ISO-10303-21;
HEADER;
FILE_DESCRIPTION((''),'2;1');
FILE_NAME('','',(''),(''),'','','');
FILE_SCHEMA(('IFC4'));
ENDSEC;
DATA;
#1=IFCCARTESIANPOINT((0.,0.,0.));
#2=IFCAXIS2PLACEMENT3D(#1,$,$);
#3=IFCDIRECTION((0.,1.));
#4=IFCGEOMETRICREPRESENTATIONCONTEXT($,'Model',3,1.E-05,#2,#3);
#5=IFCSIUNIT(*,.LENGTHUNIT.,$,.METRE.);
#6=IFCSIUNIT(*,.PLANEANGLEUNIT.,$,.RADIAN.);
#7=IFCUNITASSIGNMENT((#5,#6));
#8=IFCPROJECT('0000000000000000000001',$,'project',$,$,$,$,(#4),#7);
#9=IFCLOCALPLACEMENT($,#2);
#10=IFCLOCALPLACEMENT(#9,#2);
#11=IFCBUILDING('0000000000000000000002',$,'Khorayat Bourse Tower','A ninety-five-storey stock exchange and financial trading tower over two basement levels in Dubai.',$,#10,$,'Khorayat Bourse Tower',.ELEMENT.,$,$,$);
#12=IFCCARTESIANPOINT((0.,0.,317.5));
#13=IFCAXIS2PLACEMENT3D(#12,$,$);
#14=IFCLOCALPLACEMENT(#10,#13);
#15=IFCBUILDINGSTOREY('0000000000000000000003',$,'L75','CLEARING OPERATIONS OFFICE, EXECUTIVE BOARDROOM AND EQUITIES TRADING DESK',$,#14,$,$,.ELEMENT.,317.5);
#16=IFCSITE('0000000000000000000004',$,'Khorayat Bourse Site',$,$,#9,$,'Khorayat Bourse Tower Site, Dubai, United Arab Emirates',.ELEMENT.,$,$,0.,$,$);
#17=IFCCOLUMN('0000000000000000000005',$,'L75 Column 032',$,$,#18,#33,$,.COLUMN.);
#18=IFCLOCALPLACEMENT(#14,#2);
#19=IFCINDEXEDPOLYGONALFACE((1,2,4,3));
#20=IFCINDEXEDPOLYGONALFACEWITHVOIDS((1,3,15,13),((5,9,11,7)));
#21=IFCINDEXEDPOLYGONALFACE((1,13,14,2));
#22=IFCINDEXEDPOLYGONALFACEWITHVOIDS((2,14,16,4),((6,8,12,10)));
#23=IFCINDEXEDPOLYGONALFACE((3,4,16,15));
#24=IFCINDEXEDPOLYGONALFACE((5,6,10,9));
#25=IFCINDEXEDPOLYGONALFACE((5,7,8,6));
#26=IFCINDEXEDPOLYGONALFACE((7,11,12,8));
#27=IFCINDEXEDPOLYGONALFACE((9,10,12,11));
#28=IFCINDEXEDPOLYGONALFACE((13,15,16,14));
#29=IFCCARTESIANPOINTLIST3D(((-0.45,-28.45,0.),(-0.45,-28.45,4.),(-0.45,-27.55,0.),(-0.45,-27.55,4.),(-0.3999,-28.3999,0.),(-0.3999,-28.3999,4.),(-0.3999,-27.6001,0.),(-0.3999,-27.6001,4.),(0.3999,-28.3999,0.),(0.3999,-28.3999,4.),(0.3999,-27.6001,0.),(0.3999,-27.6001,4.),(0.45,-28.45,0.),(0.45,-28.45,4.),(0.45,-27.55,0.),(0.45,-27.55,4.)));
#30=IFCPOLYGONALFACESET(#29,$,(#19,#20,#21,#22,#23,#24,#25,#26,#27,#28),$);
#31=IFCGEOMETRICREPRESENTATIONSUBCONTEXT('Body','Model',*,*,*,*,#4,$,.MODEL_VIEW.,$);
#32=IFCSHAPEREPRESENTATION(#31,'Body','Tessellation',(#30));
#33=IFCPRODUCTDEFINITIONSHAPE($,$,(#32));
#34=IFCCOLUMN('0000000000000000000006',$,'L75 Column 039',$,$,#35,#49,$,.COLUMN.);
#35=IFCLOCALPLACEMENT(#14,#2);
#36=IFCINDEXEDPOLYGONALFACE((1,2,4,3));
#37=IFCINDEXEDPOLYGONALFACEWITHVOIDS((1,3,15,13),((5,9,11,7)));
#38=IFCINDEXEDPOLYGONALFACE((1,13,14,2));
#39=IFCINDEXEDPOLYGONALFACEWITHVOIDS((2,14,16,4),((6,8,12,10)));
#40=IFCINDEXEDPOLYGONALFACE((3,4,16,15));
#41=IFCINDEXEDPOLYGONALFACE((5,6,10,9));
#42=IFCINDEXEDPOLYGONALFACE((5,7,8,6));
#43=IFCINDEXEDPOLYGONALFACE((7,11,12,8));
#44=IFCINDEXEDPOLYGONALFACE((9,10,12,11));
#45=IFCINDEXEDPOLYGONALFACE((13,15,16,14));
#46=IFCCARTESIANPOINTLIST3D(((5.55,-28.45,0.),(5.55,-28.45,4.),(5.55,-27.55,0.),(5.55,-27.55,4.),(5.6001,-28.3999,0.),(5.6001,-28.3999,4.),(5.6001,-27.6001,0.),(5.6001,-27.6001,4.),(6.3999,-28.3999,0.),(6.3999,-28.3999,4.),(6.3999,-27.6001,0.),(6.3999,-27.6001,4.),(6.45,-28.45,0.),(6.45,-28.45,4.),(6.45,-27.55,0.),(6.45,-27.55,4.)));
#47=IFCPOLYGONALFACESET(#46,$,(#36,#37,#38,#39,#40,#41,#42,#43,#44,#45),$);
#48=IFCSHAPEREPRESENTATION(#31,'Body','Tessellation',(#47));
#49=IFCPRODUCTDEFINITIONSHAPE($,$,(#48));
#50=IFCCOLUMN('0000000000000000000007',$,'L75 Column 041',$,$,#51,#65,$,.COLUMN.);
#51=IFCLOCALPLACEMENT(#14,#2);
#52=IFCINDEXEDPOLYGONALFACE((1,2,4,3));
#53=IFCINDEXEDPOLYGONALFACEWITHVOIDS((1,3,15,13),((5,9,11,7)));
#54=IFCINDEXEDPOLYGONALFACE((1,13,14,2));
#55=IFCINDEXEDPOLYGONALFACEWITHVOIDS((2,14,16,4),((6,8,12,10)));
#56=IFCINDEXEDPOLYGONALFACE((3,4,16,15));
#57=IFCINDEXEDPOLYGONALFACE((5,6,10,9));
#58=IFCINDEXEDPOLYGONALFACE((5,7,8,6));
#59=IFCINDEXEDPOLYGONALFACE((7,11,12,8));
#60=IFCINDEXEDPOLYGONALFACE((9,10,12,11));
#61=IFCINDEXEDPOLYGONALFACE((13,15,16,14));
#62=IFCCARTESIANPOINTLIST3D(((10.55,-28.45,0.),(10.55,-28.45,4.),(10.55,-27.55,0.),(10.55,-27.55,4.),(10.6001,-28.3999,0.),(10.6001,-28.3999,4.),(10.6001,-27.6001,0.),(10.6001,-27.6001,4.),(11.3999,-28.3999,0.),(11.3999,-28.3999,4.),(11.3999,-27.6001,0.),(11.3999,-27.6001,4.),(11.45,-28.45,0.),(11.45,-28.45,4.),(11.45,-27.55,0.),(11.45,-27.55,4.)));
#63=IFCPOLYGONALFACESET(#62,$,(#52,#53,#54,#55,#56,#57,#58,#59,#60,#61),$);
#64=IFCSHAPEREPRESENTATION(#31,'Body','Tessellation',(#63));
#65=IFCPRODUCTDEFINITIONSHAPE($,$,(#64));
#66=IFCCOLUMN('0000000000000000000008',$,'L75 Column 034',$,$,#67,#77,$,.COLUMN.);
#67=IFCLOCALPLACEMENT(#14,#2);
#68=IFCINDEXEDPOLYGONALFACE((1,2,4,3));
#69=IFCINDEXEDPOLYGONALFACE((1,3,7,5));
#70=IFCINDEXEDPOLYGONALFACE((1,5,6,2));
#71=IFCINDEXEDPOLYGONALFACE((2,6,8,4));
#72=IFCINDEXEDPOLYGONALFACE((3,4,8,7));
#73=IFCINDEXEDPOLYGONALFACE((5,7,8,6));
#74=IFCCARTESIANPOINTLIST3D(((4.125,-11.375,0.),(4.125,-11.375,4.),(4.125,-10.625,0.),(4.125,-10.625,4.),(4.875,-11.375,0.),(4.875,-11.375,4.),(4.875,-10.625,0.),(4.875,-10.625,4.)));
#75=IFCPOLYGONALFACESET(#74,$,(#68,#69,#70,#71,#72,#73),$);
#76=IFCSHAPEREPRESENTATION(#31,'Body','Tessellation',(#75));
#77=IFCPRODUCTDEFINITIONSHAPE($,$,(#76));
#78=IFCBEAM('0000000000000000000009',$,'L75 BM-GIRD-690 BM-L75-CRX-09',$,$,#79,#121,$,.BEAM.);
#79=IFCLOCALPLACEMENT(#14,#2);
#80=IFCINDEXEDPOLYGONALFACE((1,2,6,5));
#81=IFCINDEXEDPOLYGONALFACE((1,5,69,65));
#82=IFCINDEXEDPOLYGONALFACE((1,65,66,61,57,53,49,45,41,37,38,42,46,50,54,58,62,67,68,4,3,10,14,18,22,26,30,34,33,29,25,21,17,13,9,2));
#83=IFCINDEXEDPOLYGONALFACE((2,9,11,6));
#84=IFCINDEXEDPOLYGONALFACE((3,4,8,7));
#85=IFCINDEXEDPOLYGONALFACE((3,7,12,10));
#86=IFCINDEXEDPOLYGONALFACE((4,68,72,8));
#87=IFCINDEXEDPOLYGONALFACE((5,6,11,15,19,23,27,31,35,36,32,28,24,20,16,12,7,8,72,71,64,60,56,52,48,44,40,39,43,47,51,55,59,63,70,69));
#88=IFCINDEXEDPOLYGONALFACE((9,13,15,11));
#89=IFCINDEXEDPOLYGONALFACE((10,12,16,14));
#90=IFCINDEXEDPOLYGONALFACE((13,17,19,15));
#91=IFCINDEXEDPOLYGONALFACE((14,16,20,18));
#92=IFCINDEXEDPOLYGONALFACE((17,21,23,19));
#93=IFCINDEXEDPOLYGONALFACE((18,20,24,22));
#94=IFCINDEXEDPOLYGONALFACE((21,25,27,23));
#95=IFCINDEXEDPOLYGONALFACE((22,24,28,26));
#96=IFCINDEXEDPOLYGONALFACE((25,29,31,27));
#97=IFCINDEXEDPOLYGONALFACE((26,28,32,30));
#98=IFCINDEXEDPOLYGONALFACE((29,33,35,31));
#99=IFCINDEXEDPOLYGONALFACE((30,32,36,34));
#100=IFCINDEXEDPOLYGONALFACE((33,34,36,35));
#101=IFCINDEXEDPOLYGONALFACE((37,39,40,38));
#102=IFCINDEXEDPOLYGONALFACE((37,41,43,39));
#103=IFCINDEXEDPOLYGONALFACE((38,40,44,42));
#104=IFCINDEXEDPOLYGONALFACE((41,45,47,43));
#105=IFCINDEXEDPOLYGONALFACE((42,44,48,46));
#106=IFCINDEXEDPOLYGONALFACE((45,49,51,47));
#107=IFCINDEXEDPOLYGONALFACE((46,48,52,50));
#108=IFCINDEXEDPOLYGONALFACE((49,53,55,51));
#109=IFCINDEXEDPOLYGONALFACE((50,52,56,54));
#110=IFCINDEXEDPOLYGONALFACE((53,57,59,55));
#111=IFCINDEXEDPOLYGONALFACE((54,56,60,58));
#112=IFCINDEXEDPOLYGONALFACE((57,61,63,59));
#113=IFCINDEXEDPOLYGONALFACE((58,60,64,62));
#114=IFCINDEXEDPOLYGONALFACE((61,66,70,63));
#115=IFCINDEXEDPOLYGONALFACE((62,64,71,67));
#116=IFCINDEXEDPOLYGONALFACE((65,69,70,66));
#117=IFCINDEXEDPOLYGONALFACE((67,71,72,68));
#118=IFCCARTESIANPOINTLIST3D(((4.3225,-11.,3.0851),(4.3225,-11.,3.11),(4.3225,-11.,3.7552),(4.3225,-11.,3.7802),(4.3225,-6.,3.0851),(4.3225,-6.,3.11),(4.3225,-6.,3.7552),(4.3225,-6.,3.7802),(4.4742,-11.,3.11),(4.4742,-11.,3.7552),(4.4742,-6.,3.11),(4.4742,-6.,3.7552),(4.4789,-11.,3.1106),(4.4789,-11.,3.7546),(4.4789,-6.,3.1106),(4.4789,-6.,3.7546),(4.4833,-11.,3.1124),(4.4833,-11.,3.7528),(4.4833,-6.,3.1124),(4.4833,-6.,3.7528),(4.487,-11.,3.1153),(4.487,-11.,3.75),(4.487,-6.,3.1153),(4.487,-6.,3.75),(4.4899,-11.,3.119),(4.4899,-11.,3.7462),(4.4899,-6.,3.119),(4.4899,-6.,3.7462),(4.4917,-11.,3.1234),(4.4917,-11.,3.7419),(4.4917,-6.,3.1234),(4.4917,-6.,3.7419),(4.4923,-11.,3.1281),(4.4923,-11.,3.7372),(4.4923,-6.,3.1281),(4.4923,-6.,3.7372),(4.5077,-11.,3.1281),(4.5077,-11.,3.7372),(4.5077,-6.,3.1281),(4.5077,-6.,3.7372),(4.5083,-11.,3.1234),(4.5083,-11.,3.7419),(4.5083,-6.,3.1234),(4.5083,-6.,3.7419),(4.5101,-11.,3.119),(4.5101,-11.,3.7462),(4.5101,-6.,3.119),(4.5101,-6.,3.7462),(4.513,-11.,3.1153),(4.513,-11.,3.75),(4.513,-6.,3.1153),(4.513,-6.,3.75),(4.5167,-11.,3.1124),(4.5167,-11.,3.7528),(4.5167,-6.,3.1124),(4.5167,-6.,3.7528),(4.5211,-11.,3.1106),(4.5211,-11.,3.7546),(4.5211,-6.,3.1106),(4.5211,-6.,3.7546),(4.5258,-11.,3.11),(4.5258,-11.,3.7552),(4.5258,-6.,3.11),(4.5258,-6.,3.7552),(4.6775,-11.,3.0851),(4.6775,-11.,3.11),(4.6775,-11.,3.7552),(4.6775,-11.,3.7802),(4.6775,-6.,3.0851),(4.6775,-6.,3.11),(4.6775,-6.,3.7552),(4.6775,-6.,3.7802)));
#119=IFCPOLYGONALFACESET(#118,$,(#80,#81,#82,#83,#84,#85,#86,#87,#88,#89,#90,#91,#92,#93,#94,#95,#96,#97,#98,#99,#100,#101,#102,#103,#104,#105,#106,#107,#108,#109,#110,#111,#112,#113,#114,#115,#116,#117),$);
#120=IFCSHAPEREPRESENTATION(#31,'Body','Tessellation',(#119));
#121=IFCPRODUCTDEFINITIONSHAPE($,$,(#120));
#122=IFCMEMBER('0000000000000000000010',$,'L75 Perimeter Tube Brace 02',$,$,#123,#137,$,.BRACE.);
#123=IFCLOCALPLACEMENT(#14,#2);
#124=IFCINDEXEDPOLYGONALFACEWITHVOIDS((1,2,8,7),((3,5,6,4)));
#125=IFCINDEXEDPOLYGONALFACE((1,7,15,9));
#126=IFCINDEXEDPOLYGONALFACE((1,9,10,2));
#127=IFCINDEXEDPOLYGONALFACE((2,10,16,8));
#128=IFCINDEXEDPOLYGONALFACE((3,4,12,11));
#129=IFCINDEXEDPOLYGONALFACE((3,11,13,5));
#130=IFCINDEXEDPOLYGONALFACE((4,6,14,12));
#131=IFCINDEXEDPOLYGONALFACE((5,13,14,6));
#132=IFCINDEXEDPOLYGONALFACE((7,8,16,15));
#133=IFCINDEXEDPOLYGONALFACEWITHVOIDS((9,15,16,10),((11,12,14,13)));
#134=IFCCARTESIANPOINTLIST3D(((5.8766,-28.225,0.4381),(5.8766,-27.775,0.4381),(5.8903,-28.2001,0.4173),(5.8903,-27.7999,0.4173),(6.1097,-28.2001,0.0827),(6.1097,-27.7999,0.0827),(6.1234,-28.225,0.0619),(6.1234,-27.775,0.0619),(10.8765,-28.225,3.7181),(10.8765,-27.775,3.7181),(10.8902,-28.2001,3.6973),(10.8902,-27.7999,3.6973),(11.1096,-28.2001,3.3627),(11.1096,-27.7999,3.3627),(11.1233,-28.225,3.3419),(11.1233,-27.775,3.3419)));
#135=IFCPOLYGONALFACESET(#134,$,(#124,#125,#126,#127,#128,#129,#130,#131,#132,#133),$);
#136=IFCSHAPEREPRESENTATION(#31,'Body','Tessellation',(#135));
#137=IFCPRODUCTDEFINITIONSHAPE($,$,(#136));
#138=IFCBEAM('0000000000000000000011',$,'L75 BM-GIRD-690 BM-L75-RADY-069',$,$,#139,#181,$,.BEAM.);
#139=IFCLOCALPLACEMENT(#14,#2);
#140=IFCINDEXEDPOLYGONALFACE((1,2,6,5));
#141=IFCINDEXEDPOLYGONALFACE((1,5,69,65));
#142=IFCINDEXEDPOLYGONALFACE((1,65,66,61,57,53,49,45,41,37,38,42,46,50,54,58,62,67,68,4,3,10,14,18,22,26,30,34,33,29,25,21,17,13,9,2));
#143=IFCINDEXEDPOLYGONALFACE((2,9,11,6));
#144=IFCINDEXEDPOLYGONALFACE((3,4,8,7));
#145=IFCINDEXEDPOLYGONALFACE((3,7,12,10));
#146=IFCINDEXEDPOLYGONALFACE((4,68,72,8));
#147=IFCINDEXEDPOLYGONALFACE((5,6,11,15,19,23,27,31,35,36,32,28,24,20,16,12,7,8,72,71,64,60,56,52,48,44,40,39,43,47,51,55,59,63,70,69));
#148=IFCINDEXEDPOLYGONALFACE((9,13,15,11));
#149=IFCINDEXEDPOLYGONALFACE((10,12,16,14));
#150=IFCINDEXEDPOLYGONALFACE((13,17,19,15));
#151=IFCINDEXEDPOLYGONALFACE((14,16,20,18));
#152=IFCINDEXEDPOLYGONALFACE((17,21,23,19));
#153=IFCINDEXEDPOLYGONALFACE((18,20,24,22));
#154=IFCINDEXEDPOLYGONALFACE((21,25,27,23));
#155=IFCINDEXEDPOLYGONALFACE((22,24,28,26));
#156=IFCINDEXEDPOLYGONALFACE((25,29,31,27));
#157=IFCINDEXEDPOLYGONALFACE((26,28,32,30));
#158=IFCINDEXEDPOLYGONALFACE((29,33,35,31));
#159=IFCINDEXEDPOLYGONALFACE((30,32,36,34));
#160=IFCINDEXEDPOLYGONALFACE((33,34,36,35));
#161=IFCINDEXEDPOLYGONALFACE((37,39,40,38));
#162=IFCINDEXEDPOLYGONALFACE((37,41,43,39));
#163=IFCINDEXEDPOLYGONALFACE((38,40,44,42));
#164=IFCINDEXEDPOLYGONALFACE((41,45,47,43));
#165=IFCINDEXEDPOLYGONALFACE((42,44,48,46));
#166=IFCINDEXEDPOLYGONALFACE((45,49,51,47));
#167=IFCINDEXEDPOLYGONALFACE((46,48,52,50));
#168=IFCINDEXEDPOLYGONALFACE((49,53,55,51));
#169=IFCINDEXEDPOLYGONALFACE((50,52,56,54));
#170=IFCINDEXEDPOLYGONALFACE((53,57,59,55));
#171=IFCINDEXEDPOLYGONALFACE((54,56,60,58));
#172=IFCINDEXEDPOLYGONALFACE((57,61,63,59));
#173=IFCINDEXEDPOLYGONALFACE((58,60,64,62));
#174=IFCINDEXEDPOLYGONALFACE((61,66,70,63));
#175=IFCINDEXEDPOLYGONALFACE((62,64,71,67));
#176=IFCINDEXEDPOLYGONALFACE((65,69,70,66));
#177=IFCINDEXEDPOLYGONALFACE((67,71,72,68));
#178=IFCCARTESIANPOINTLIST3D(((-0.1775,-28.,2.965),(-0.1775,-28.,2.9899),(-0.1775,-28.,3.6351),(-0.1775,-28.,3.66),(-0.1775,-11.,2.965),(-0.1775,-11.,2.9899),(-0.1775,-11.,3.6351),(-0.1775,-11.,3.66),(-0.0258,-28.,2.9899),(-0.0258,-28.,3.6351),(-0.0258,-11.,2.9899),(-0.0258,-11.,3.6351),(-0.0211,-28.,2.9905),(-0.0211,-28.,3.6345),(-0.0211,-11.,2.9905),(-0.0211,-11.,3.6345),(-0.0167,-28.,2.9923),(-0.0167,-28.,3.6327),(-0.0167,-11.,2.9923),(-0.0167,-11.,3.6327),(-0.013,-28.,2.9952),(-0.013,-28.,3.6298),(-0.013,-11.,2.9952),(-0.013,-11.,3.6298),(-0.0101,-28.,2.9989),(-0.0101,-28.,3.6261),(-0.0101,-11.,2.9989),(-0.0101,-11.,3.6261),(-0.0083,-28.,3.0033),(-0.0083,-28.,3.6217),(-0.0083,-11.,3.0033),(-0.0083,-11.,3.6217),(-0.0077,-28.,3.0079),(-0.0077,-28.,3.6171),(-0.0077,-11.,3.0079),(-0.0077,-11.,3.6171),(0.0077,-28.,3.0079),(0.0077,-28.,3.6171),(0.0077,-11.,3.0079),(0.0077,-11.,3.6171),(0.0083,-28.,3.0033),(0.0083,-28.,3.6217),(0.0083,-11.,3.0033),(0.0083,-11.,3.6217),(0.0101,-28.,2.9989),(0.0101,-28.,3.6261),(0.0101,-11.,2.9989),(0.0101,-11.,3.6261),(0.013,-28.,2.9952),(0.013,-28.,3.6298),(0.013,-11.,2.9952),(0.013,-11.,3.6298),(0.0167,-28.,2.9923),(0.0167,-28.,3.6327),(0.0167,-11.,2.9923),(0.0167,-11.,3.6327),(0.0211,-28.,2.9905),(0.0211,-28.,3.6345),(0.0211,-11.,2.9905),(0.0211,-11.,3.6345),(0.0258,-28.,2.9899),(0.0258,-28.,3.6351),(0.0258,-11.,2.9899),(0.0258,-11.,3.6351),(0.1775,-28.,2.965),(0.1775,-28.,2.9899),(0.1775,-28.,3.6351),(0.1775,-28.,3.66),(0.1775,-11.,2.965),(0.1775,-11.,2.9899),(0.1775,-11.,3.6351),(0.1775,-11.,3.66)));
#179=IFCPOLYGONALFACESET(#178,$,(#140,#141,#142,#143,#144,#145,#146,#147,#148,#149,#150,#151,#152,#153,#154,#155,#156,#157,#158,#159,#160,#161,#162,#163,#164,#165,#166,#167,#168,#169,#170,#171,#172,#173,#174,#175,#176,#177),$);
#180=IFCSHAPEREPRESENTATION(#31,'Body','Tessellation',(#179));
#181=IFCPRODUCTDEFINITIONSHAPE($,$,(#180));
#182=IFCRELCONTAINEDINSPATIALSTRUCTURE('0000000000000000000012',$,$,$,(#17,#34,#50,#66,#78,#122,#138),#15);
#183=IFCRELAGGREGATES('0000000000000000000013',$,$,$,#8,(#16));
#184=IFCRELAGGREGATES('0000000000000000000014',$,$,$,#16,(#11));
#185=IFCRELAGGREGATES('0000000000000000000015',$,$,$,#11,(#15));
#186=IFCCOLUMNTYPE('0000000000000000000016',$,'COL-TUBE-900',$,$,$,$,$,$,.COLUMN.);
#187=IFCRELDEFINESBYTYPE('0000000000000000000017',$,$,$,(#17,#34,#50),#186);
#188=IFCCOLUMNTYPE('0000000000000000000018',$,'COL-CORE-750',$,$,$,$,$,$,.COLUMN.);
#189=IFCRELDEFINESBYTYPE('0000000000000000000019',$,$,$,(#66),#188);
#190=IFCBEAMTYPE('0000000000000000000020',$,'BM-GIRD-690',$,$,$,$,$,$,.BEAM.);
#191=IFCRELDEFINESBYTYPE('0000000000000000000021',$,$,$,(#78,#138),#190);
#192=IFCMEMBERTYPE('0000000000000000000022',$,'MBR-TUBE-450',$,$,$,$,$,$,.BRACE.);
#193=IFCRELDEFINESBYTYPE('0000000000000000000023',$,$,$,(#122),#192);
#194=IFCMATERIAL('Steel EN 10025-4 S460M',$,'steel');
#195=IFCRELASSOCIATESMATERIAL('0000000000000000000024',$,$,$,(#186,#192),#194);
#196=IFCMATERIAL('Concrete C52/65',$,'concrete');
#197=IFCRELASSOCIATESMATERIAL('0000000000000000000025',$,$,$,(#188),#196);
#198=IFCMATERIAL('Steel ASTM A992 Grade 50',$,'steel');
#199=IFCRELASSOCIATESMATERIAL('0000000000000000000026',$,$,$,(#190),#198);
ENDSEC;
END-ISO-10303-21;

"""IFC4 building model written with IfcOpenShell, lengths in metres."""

from ifc_helpers import new_model, si_unit, direction, frame, origin, origin_2d, place, context, subcontext, project, spatial, rectangle, hollow_rectangle, i_section, extrude, source, transform, mapped, material, material_profile, profile_set, type_object, element, save


model = new_model("IFC4")

# Units and contexts
model_context = context("Model", 3, precision=1e-05, world=origin(), true_north=direction((0.0, 1.0)))
body_context = subcontext(model_context, "Body", "Model", "MODEL_VIEW")
ifc_project = project(units=[si_unit("LENGTHUNIT", "METRE"), si_unit("PLANEANGLEUNIT", "RADIAN")], contexts=[model_context])

# Site, building, storey
site_placement = place(None, origin())
site = spatial("IfcSite", under=ifc_project, at=site_placement, Name="Khorayat Bourse Site", LongName="Khorayat Bourse Tower Site, Dubai, United Arab Emirates", CompositionType="ELEMENT", RefElevation=0.0)
building_placement = place(site_placement, origin())
building = spatial("IfcBuilding", under=site, at=building_placement, Name="Khorayat Bourse Tower", Description="A ninety-five-storey stock exchange and financial trading tower over two basement levels in Dubai.", LongName="Khorayat Bourse Tower", CompositionType="ELEMENT")
storey_placement = place(building_placement, frame((0.0, 0.0, 317.5)))
storey = spatial("IfcBuildingStorey", under=building, at=storey_placement, Name="L75", Description="CLEARING OPERATIONS OFFICE, EXECUTIVE BOARDROOM AND EQUITIES TRADING DESK", CompositionType="ELEMENT", Elevation=317.5)

# Columns
ifc_material_1 = material(Name="Steel EN 10025-4 S460M", Category="steel")
ifc_material_profile_1 = material_profile(ifc_material_1, hollow_rectangle(XDim=0.8999, YDim=0.8999, WallThickness=0.05, at=origin_2d()), Name="BOX 900x900x50")
ifc_profile_set_1 = profile_set([ifc_material_profile_1], Name="Steel EN 10025-4 S460M")
column_type_1 = type_object("IfcColumnType", Name="COL-TUBE-900", PredefinedType="COLUMN", material=ifc_profile_set_1)
shared_shape_1 = source(origin(), body_context, "Body", "SweptSolid", [
    extrude(hollow_rectangle(XDim=0.8999, YDim=0.8999, WallThickness=0.05, at=origin_2d()), origin(), (0.0, 0.0, 1.0), 4.0),
])
for number, where, z_axis, x_axis, name in (
    (1, (0.0, -28.0, 0.0), (0.0, 0.0, 1.0), (1.0, 0.0, 0.0), "L75 Column 032"),
    (2, (6.0, -28.0, 0.0), (0.0, 0.0, 1.0), (1.0, 0.0, 0.0), "L75 Column 039"),
    (3, (11.0, -28.0, 0.0), (0.0, 0.0, 1.0), (1.0, 0.0, 0.0), "L75 Column 041"),
):
    element("IfcColumn", number, at=place(storey_placement, frame(where, z_axis=z_axis, x_axis=x_axis)), inside=storey, type_object=column_type_1, Name=name, PredefinedType="COLUMN", context=body_context, shape_type="MappedRepresentation", body=[
        mapped(shared_shape_1, transform((0.0, 0.0, 0.0), scale=1.0)),
    ])
ifc_material_2 = material(Name="Concrete C52/65", Category="concrete")
ifc_material_profile_2 = material_profile(ifc_material_2, rectangle(XDim=0.75, YDim=0.75, at=origin_2d()), Name="RC 750x750")
ifc_profile_set_2 = profile_set([ifc_material_profile_2], Name="Concrete C52/65")
column_type_2 = type_object("IfcColumnType", Name="COL-CORE-750", PredefinedType="COLUMN", material=ifc_profile_set_2)
shared_shape_2 = source(origin(), body_context, "Body", "SweptSolid", [
    extrude(rectangle(XDim=0.75, YDim=0.75, at=origin_2d()), origin(), (0.0, 0.0, 1.0), 4.0),
])
column_placement = place(storey_placement, frame((4.5, -11.0, 0.0), z_axis=(0.0, 0.0, 1.0), x_axis=(1.0, 0.0, 0.0)))
element("IfcColumn", 4, at=column_placement, inside=storey, type_object=column_type_2, Name="L75 Column 034", PredefinedType="COLUMN", context=body_context, shape_type="MappedRepresentation", body=[
    mapped(shared_shape_2, transform((0.0, 0.0, 0.0), scale=1.0)),
])

# Beam
ifc_material_3 = material(Name="Steel ASTM A992 Grade 50", Category="steel")
ifc_material_profile_3 = material_profile(ifc_material_3, i_section(OverallWidth=0.355, OverallDepth=0.6951, WebThickness=0.0154, FlangeThickness=0.0249, FilletRadius=0.0181, at=origin_2d()), Name="W690X217")
ifc_profile_set_3 = profile_set([ifc_material_profile_3], Name="Steel ASTM A992 Grade 50")
beam_type_1 = type_object("IfcBeamType", Name="BM-GIRD-690", PredefinedType="BEAM", material=ifc_profile_set_3)
shared_shape_3 = source(origin(), body_context, "Body", "SweptSolid", [
    extrude(i_section(OverallWidth=0.355, OverallDepth=0.6951, WebThickness=0.0154, FlangeThickness=0.0249, FilletRadius=0.0181, at=origin_2d()), origin(), (0.0, 0.0, 1.0), 5.0),
])
beam_1_placement = place(storey_placement, frame((4.5, -11.0, 3.4326), z_axis=(0.0, 1.0, 0.0), x_axis=(-1.0, 0.0, 0.0)))
element("IfcBeam", 5, at=beam_1_placement, inside=storey, type_object=beam_type_1, Name="L75 BM-GIRD-690 BM-L75-CRX-09", PredefinedType="BEAM", context=body_context, shape_type="MappedRepresentation", body=[
    mapped(shared_shape_3, transform((0.0, 0.0, 0.0), scale=1.0)),
])

# Member
ifc_material_profile_4 = material_profile(ifc_material_1, hollow_rectangle(XDim=0.45, YDim=0.45, WallThickness=0.0249, at=origin_2d()), Name="HSS 450x450x25")
ifc_profile_set_4 = profile_set([ifc_material_profile_4], Name="Steel EN 10025-4 S460M")
member_type_1 = type_object("IfcMemberType", Name="MBR-TUBE-450", PredefinedType="BRACE", material=ifc_profile_set_4)
shared_shape_4 = source(origin(), body_context, "Body", "SweptSolid", [
    extrude(hollow_rectangle(XDim=0.45, YDim=0.45, WallThickness=0.0249, at=origin_2d()), origin(), (0.0, 0.0, 1.0), 5.9797),
])
member_1_placement = place(storey_placement, frame((6.0, -28.0, 0.25), z_axis=(0.836142, 0.0, 0.548514), x_axis=(0.0, 1.0, 0.0)))
element("IfcMember", 6, at=member_1_placement, inside=storey, type_object=member_type_1, Name="L75 Perimeter Tube Brace 02", PredefinedType="BRACE", context=body_context, shape_type="MappedRepresentation", body=[
    mapped(shared_shape_4, transform((0.0, 0.0, 0.0), scale=1.0)),
])

# Beam
shared_shape_5 = source(origin(), body_context, "Body", "SweptSolid", [
    extrude(i_section(OverallWidth=0.355, OverallDepth=0.6951, WebThickness=0.0154, FlangeThickness=0.0249, FilletRadius=0.0181, at=origin_2d()), origin(), (0.0, 0.0, 1.0), 17.0),
])
for number, where, z_axis, x_axis, name in (
    (7, (0.0, -28.0, 3.3125), (0.0, 1.0, 0.0), (-1.0, 0.0, 0.0), "L75 BM-GIRD-690 BM-L75-RADY-069"),
):
    element("IfcBeam", number, at=place(storey_placement, frame(where, z_axis=z_axis, x_axis=x_axis)), inside=storey, type_object=beam_type_1, Name=name, PredefinedType="BEAM", context=body_context, shape_type="MappedRepresentation", body=[
        mapped(shared_shape_5, transform((0.0, 0.0, 0.0), scale=1.0)),
    ])

save(model, "model.ifc")
